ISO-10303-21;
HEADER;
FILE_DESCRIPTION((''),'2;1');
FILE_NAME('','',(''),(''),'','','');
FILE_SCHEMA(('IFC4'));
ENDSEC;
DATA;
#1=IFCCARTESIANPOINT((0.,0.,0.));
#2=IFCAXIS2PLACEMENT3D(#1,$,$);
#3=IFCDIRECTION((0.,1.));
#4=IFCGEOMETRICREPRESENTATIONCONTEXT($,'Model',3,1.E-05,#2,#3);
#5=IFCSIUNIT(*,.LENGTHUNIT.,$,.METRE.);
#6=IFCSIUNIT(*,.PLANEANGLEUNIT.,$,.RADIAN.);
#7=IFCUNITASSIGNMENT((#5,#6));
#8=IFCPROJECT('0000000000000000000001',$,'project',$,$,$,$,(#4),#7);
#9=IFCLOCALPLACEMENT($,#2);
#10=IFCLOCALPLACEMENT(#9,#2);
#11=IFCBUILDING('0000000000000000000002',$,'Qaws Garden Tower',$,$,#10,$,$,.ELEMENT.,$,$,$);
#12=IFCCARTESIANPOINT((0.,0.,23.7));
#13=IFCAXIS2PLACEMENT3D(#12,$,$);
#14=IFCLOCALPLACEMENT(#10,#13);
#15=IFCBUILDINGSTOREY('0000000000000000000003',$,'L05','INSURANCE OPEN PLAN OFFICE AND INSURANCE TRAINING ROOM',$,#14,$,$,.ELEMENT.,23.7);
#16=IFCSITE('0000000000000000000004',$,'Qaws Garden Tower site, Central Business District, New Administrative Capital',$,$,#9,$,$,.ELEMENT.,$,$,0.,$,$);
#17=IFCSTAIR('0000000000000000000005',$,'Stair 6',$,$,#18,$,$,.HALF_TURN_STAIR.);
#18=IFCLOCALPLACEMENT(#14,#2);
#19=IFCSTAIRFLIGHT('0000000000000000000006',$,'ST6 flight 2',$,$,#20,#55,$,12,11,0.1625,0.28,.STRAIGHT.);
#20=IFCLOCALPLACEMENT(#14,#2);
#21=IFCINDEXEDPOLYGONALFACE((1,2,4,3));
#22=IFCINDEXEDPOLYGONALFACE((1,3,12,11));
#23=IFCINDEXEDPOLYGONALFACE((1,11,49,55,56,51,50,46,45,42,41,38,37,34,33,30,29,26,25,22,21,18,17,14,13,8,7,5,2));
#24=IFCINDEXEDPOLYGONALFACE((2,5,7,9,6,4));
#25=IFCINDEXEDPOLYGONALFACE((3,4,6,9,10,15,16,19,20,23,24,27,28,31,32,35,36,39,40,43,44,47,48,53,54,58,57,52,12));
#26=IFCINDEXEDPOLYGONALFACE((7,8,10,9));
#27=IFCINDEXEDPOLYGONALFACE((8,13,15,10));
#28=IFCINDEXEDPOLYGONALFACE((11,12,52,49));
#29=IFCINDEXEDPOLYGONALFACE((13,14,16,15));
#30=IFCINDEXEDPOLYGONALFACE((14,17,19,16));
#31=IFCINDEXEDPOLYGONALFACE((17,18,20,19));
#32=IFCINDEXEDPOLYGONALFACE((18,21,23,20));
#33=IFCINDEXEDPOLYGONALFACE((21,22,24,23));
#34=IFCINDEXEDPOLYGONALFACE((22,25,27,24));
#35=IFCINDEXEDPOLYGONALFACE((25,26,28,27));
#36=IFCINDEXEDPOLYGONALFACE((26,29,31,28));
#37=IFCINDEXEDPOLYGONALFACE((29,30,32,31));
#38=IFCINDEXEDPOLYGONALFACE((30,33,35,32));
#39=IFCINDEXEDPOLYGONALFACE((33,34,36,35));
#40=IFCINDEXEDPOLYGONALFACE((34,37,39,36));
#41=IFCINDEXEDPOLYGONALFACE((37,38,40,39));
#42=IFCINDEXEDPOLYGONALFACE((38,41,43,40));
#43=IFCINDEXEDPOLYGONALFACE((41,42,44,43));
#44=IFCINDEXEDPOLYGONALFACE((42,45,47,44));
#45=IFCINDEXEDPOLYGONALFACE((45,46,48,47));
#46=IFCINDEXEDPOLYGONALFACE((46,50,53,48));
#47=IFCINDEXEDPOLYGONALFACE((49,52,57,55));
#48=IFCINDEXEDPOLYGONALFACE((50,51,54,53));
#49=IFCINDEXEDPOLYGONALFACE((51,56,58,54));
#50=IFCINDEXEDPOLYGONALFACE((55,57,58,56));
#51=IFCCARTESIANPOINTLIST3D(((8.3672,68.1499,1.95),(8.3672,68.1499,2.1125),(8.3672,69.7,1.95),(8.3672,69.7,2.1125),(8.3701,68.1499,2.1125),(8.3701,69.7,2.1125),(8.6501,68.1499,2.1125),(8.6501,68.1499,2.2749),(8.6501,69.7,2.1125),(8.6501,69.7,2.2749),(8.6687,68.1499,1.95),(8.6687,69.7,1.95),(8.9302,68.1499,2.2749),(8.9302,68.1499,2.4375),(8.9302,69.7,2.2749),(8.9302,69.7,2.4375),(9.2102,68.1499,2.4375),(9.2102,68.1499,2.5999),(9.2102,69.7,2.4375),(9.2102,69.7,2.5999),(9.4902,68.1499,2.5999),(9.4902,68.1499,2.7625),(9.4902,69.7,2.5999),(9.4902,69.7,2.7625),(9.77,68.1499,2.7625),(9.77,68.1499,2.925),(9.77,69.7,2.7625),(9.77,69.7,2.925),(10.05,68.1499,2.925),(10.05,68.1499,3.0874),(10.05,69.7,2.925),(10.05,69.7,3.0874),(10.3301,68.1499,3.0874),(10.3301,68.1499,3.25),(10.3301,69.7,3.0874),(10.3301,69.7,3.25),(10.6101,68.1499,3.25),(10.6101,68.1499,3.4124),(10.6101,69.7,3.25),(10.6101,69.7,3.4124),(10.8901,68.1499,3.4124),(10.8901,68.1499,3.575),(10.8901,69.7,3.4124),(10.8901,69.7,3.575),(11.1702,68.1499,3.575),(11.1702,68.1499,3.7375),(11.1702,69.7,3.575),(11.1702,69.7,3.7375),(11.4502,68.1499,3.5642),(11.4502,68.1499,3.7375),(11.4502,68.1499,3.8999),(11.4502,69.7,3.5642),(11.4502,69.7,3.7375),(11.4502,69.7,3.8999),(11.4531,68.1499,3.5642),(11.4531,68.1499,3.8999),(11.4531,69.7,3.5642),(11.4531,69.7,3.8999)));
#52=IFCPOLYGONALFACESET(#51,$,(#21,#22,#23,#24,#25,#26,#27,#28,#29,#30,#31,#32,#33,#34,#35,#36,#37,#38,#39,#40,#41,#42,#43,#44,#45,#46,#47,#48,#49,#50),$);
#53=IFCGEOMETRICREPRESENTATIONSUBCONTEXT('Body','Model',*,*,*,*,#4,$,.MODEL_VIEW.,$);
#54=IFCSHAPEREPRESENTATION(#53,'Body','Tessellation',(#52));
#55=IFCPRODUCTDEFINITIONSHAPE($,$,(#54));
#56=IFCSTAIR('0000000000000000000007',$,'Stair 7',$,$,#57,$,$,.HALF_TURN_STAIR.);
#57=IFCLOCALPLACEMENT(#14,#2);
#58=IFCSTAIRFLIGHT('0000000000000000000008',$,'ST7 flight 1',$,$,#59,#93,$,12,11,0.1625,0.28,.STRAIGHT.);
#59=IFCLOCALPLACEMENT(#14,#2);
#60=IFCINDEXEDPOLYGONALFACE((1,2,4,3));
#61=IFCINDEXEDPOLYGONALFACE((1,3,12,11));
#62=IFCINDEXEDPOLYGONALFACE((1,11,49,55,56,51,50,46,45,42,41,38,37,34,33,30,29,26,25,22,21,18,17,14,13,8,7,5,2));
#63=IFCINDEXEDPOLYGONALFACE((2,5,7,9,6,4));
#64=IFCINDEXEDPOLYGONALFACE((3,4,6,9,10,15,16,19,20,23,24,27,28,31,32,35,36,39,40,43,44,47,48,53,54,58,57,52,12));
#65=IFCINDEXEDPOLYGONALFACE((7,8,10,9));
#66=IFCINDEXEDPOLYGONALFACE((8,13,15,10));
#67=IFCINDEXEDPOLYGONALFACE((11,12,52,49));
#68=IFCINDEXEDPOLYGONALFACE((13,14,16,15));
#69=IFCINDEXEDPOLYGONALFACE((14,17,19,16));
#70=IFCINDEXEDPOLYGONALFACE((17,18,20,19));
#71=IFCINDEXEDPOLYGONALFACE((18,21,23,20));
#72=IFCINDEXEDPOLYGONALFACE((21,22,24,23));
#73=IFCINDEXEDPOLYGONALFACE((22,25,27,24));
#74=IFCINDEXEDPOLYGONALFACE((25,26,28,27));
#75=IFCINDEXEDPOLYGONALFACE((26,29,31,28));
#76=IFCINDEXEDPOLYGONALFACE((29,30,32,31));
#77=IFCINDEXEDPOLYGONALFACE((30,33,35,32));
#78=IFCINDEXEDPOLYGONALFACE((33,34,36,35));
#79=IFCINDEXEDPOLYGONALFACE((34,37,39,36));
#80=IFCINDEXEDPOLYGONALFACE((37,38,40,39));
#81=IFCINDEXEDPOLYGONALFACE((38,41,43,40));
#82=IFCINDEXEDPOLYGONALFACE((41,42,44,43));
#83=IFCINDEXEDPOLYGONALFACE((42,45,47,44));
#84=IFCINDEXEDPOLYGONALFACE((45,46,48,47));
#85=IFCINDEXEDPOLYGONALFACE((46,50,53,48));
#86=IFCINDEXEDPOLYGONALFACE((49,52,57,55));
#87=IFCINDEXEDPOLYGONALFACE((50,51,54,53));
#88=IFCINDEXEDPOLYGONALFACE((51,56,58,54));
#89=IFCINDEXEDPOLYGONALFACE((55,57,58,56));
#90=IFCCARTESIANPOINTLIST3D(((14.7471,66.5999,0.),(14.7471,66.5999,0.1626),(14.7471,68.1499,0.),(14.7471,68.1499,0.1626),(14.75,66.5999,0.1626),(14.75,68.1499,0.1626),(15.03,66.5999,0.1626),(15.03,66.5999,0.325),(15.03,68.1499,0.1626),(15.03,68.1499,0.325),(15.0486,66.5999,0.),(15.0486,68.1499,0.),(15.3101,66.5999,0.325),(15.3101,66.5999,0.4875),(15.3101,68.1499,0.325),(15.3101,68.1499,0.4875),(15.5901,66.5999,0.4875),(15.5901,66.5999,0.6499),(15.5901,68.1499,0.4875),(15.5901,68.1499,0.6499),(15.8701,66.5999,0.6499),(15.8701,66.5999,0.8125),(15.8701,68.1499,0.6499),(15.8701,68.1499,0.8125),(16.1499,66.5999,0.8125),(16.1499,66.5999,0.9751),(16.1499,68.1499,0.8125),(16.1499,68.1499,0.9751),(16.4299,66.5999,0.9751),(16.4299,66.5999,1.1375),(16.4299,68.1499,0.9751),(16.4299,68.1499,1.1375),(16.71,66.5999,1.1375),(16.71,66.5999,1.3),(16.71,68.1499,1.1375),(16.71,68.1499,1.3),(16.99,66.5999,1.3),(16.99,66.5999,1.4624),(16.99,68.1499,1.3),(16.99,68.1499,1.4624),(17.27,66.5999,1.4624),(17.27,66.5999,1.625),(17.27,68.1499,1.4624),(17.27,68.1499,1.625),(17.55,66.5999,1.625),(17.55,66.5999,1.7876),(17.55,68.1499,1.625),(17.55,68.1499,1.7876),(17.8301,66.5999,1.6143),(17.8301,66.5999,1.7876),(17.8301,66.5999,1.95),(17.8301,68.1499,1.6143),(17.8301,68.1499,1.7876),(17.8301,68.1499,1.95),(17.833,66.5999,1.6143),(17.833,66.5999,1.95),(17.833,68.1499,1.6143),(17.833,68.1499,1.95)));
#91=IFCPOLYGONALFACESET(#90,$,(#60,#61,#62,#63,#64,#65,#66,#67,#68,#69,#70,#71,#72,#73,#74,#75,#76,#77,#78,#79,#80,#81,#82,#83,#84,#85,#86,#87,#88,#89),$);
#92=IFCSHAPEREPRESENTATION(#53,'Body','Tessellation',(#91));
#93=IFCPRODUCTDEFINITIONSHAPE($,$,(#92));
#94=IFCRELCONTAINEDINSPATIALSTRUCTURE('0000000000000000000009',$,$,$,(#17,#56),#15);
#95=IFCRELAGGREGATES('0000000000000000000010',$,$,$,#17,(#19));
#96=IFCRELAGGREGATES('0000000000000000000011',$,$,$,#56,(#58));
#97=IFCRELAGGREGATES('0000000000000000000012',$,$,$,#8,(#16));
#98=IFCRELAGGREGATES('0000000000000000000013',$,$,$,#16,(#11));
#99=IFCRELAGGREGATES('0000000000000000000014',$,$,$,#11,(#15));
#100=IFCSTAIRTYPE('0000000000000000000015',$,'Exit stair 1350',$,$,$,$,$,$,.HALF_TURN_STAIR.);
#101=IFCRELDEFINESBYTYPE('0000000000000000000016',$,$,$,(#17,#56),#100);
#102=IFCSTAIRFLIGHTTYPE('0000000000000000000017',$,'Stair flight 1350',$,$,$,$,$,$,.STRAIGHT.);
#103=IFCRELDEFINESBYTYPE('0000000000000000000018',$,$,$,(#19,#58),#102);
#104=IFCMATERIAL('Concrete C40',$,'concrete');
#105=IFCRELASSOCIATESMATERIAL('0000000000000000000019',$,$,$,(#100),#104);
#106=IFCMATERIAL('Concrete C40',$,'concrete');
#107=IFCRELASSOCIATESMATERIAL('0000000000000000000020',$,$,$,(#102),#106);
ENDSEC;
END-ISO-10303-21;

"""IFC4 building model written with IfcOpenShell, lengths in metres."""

from ifc_helpers import new_model, si_unit, direction, frame, origin, place, context, subcontext, project, spatial, polyline, outline, extrude, material, type_object, element, aggregate, save


model = new_model("IFC4")

# Units and contexts
model_context = context("Model", 3, precision=1e-05, world=origin(), true_north=direction((0.0, 1.0)))
body_context = subcontext(model_context, "Body", "Model", "MODEL_VIEW")
ifc_project = project(units=[si_unit("LENGTHUNIT", "METRE"), si_unit("PLANEANGLEUNIT", "RADIAN")], contexts=[model_context])

# Site, building, storey
site_placement = place(None, origin())
site = spatial("IfcSite", under=ifc_project, at=site_placement, Name="Qaws Garden Tower site, Central Business District, New Administrative Capital", CompositionType="ELEMENT", RefElevation=0.0)
building_placement = place(site_placement, origin())
building = spatial("IfcBuilding", under=site, at=building_placement, Name="Qaws Garden Tower", CompositionType="ELEMENT")
storey_placement = place(building_placement, frame((0.0, 0.0, 23.7)))
storey = spatial("IfcBuildingStorey", under=building, at=storey_placement, Name="L05", Description="INSURANCE OPEN PLAN OFFICE AND INSURANCE TRAINING ROOM", CompositionType="ELEMENT", Elevation=23.7)

# Stair, stair flight
ifc_material_1 = material(Name="Concrete C40", Category="concrete")
stair_type = type_object("IfcStairType", Name="Exit stair 1350", PredefinedType="HALF_TURN_STAIR", material=ifc_material_1)
placement = place(storey_placement, origin())
stair_1 = element("IfcStair", 1, at=placement, inside=storey, type_object=stair_type, Name="Stair 6", PredefinedType="HALF_TURN_STAIR")
ifc_material_2 = material(Name="Concrete C40", Category="concrete")
stair_flight_type = type_object("IfcStairFlightType", Name="Stair flight 1350", PredefinedType="STRAIGHT", material=ifc_material_2)
stair_flight_1_placement = place(storey_placement, frame((8.3701, 68.925, 1.95), z_axis=(0.0, 0.0, 1.0), x_axis=(1.0, 0.0, 0.0)))
stair_flight_1 = element("IfcStairFlight", 2, at=stair_flight_1_placement, type_object=stair_flight_type, Name="ST6 flight 2", NumberOfRisers=12, NumberOfTreads=11, PredefinedType="STRAIGHT", RiserHeight=0.1625, TreadLength=0.28, context=body_context, shape_type="SweptSolid", body=[
    extrude(outline(polyline([(-0.0029, 0.0), (-0.0029, 0.1626), (0.0, 0.1626), (0.28, 0.1626), (0.28, 0.325), (0.5601, 0.325), (0.5601, 0.4875), (0.8401, 0.4875), (0.8401, 0.6499), (1.1201, 0.6499), (1.1201, 0.8125), (1.3999, 0.8125), (1.3999, 0.9751), (1.6799, 0.9751), (1.6799, 1.1375), (1.96, 1.1375), (1.96, 1.3), (2.24, 1.3), (2.24, 1.4624), (2.52, 1.4624), (2.52, 1.625), (2.8, 1.625), (2.8, 1.7876), (3.0801, 1.7876), (3.0801, 1.95), (3.083, 1.95), (3.083, 1.6143), (3.0801, 1.6143), (0.2986, 0.0), (-0.0029, 0.0)])), frame((0.0, 0.7749, 0.0), z_axis=(0.0, -1.0, 0.0), x_axis=(1.0, 0.0, 0.0)), (0.0, 0.0, 1.0), 1.55),
])
aggregate(stair_1, [stair_flight_1])

# Stair, stair flight
stair_2 = element("IfcStair", 3, at=placement, inside=storey, type_object=stair_type, Name="Stair 7", PredefinedType="HALF_TURN_STAIR")
stair_flight_2_placement = place(storey_placement, frame((14.75, 67.375, 0.0), z_axis=(0.0, 0.0, 1.0), x_axis=(1.0, 0.0, 0.0)))
stair_flight_2 = element("IfcStairFlight", 4, at=stair_flight_2_placement, type_object=stair_flight_type, Name="ST7 flight 1", NumberOfRisers=12, NumberOfTreads=11, PredefinedType="STRAIGHT", RiserHeight=0.1625, TreadLength=0.28, context=body_context, shape_type="SweptSolid", body=[
    extrude(outline(polyline([(-0.0029, 0.0), (-0.0029, 0.1626), (0.0, 0.1626), (0.28, 0.1626), (0.28, 0.325), (0.5601, 0.325), (0.5601, 0.4875), (0.8401, 0.4875), (0.8401, 0.6499), (1.1201, 0.6499), (1.1201, 0.8125), (1.3999, 0.8125), (1.3999, 0.9751), (1.6799, 0.9751), (1.6799, 1.1375), (1.96, 1.1375), (1.96, 1.3), (2.24, 1.3), (2.24, 1.4624), (2.52, 1.4624), (2.52, 1.625), (2.8, 1.625), (2.8, 1.7876), (3.0801, 1.7876), (3.0801, 1.95), (3.083, 1.95), (3.083, 1.6143), (3.0801, 1.6143), (0.2986, 0.0), (-0.0029, 0.0)])), frame((0.0, 0.7749, 0.0), z_axis=(0.0, -1.0, 0.0), x_axis=(1.0, 0.0, 0.0)), (0.0, 0.0, 1.0), 1.55),
])
aggregate(stair_2, [stair_flight_2])

save(model, "model.ifc")
